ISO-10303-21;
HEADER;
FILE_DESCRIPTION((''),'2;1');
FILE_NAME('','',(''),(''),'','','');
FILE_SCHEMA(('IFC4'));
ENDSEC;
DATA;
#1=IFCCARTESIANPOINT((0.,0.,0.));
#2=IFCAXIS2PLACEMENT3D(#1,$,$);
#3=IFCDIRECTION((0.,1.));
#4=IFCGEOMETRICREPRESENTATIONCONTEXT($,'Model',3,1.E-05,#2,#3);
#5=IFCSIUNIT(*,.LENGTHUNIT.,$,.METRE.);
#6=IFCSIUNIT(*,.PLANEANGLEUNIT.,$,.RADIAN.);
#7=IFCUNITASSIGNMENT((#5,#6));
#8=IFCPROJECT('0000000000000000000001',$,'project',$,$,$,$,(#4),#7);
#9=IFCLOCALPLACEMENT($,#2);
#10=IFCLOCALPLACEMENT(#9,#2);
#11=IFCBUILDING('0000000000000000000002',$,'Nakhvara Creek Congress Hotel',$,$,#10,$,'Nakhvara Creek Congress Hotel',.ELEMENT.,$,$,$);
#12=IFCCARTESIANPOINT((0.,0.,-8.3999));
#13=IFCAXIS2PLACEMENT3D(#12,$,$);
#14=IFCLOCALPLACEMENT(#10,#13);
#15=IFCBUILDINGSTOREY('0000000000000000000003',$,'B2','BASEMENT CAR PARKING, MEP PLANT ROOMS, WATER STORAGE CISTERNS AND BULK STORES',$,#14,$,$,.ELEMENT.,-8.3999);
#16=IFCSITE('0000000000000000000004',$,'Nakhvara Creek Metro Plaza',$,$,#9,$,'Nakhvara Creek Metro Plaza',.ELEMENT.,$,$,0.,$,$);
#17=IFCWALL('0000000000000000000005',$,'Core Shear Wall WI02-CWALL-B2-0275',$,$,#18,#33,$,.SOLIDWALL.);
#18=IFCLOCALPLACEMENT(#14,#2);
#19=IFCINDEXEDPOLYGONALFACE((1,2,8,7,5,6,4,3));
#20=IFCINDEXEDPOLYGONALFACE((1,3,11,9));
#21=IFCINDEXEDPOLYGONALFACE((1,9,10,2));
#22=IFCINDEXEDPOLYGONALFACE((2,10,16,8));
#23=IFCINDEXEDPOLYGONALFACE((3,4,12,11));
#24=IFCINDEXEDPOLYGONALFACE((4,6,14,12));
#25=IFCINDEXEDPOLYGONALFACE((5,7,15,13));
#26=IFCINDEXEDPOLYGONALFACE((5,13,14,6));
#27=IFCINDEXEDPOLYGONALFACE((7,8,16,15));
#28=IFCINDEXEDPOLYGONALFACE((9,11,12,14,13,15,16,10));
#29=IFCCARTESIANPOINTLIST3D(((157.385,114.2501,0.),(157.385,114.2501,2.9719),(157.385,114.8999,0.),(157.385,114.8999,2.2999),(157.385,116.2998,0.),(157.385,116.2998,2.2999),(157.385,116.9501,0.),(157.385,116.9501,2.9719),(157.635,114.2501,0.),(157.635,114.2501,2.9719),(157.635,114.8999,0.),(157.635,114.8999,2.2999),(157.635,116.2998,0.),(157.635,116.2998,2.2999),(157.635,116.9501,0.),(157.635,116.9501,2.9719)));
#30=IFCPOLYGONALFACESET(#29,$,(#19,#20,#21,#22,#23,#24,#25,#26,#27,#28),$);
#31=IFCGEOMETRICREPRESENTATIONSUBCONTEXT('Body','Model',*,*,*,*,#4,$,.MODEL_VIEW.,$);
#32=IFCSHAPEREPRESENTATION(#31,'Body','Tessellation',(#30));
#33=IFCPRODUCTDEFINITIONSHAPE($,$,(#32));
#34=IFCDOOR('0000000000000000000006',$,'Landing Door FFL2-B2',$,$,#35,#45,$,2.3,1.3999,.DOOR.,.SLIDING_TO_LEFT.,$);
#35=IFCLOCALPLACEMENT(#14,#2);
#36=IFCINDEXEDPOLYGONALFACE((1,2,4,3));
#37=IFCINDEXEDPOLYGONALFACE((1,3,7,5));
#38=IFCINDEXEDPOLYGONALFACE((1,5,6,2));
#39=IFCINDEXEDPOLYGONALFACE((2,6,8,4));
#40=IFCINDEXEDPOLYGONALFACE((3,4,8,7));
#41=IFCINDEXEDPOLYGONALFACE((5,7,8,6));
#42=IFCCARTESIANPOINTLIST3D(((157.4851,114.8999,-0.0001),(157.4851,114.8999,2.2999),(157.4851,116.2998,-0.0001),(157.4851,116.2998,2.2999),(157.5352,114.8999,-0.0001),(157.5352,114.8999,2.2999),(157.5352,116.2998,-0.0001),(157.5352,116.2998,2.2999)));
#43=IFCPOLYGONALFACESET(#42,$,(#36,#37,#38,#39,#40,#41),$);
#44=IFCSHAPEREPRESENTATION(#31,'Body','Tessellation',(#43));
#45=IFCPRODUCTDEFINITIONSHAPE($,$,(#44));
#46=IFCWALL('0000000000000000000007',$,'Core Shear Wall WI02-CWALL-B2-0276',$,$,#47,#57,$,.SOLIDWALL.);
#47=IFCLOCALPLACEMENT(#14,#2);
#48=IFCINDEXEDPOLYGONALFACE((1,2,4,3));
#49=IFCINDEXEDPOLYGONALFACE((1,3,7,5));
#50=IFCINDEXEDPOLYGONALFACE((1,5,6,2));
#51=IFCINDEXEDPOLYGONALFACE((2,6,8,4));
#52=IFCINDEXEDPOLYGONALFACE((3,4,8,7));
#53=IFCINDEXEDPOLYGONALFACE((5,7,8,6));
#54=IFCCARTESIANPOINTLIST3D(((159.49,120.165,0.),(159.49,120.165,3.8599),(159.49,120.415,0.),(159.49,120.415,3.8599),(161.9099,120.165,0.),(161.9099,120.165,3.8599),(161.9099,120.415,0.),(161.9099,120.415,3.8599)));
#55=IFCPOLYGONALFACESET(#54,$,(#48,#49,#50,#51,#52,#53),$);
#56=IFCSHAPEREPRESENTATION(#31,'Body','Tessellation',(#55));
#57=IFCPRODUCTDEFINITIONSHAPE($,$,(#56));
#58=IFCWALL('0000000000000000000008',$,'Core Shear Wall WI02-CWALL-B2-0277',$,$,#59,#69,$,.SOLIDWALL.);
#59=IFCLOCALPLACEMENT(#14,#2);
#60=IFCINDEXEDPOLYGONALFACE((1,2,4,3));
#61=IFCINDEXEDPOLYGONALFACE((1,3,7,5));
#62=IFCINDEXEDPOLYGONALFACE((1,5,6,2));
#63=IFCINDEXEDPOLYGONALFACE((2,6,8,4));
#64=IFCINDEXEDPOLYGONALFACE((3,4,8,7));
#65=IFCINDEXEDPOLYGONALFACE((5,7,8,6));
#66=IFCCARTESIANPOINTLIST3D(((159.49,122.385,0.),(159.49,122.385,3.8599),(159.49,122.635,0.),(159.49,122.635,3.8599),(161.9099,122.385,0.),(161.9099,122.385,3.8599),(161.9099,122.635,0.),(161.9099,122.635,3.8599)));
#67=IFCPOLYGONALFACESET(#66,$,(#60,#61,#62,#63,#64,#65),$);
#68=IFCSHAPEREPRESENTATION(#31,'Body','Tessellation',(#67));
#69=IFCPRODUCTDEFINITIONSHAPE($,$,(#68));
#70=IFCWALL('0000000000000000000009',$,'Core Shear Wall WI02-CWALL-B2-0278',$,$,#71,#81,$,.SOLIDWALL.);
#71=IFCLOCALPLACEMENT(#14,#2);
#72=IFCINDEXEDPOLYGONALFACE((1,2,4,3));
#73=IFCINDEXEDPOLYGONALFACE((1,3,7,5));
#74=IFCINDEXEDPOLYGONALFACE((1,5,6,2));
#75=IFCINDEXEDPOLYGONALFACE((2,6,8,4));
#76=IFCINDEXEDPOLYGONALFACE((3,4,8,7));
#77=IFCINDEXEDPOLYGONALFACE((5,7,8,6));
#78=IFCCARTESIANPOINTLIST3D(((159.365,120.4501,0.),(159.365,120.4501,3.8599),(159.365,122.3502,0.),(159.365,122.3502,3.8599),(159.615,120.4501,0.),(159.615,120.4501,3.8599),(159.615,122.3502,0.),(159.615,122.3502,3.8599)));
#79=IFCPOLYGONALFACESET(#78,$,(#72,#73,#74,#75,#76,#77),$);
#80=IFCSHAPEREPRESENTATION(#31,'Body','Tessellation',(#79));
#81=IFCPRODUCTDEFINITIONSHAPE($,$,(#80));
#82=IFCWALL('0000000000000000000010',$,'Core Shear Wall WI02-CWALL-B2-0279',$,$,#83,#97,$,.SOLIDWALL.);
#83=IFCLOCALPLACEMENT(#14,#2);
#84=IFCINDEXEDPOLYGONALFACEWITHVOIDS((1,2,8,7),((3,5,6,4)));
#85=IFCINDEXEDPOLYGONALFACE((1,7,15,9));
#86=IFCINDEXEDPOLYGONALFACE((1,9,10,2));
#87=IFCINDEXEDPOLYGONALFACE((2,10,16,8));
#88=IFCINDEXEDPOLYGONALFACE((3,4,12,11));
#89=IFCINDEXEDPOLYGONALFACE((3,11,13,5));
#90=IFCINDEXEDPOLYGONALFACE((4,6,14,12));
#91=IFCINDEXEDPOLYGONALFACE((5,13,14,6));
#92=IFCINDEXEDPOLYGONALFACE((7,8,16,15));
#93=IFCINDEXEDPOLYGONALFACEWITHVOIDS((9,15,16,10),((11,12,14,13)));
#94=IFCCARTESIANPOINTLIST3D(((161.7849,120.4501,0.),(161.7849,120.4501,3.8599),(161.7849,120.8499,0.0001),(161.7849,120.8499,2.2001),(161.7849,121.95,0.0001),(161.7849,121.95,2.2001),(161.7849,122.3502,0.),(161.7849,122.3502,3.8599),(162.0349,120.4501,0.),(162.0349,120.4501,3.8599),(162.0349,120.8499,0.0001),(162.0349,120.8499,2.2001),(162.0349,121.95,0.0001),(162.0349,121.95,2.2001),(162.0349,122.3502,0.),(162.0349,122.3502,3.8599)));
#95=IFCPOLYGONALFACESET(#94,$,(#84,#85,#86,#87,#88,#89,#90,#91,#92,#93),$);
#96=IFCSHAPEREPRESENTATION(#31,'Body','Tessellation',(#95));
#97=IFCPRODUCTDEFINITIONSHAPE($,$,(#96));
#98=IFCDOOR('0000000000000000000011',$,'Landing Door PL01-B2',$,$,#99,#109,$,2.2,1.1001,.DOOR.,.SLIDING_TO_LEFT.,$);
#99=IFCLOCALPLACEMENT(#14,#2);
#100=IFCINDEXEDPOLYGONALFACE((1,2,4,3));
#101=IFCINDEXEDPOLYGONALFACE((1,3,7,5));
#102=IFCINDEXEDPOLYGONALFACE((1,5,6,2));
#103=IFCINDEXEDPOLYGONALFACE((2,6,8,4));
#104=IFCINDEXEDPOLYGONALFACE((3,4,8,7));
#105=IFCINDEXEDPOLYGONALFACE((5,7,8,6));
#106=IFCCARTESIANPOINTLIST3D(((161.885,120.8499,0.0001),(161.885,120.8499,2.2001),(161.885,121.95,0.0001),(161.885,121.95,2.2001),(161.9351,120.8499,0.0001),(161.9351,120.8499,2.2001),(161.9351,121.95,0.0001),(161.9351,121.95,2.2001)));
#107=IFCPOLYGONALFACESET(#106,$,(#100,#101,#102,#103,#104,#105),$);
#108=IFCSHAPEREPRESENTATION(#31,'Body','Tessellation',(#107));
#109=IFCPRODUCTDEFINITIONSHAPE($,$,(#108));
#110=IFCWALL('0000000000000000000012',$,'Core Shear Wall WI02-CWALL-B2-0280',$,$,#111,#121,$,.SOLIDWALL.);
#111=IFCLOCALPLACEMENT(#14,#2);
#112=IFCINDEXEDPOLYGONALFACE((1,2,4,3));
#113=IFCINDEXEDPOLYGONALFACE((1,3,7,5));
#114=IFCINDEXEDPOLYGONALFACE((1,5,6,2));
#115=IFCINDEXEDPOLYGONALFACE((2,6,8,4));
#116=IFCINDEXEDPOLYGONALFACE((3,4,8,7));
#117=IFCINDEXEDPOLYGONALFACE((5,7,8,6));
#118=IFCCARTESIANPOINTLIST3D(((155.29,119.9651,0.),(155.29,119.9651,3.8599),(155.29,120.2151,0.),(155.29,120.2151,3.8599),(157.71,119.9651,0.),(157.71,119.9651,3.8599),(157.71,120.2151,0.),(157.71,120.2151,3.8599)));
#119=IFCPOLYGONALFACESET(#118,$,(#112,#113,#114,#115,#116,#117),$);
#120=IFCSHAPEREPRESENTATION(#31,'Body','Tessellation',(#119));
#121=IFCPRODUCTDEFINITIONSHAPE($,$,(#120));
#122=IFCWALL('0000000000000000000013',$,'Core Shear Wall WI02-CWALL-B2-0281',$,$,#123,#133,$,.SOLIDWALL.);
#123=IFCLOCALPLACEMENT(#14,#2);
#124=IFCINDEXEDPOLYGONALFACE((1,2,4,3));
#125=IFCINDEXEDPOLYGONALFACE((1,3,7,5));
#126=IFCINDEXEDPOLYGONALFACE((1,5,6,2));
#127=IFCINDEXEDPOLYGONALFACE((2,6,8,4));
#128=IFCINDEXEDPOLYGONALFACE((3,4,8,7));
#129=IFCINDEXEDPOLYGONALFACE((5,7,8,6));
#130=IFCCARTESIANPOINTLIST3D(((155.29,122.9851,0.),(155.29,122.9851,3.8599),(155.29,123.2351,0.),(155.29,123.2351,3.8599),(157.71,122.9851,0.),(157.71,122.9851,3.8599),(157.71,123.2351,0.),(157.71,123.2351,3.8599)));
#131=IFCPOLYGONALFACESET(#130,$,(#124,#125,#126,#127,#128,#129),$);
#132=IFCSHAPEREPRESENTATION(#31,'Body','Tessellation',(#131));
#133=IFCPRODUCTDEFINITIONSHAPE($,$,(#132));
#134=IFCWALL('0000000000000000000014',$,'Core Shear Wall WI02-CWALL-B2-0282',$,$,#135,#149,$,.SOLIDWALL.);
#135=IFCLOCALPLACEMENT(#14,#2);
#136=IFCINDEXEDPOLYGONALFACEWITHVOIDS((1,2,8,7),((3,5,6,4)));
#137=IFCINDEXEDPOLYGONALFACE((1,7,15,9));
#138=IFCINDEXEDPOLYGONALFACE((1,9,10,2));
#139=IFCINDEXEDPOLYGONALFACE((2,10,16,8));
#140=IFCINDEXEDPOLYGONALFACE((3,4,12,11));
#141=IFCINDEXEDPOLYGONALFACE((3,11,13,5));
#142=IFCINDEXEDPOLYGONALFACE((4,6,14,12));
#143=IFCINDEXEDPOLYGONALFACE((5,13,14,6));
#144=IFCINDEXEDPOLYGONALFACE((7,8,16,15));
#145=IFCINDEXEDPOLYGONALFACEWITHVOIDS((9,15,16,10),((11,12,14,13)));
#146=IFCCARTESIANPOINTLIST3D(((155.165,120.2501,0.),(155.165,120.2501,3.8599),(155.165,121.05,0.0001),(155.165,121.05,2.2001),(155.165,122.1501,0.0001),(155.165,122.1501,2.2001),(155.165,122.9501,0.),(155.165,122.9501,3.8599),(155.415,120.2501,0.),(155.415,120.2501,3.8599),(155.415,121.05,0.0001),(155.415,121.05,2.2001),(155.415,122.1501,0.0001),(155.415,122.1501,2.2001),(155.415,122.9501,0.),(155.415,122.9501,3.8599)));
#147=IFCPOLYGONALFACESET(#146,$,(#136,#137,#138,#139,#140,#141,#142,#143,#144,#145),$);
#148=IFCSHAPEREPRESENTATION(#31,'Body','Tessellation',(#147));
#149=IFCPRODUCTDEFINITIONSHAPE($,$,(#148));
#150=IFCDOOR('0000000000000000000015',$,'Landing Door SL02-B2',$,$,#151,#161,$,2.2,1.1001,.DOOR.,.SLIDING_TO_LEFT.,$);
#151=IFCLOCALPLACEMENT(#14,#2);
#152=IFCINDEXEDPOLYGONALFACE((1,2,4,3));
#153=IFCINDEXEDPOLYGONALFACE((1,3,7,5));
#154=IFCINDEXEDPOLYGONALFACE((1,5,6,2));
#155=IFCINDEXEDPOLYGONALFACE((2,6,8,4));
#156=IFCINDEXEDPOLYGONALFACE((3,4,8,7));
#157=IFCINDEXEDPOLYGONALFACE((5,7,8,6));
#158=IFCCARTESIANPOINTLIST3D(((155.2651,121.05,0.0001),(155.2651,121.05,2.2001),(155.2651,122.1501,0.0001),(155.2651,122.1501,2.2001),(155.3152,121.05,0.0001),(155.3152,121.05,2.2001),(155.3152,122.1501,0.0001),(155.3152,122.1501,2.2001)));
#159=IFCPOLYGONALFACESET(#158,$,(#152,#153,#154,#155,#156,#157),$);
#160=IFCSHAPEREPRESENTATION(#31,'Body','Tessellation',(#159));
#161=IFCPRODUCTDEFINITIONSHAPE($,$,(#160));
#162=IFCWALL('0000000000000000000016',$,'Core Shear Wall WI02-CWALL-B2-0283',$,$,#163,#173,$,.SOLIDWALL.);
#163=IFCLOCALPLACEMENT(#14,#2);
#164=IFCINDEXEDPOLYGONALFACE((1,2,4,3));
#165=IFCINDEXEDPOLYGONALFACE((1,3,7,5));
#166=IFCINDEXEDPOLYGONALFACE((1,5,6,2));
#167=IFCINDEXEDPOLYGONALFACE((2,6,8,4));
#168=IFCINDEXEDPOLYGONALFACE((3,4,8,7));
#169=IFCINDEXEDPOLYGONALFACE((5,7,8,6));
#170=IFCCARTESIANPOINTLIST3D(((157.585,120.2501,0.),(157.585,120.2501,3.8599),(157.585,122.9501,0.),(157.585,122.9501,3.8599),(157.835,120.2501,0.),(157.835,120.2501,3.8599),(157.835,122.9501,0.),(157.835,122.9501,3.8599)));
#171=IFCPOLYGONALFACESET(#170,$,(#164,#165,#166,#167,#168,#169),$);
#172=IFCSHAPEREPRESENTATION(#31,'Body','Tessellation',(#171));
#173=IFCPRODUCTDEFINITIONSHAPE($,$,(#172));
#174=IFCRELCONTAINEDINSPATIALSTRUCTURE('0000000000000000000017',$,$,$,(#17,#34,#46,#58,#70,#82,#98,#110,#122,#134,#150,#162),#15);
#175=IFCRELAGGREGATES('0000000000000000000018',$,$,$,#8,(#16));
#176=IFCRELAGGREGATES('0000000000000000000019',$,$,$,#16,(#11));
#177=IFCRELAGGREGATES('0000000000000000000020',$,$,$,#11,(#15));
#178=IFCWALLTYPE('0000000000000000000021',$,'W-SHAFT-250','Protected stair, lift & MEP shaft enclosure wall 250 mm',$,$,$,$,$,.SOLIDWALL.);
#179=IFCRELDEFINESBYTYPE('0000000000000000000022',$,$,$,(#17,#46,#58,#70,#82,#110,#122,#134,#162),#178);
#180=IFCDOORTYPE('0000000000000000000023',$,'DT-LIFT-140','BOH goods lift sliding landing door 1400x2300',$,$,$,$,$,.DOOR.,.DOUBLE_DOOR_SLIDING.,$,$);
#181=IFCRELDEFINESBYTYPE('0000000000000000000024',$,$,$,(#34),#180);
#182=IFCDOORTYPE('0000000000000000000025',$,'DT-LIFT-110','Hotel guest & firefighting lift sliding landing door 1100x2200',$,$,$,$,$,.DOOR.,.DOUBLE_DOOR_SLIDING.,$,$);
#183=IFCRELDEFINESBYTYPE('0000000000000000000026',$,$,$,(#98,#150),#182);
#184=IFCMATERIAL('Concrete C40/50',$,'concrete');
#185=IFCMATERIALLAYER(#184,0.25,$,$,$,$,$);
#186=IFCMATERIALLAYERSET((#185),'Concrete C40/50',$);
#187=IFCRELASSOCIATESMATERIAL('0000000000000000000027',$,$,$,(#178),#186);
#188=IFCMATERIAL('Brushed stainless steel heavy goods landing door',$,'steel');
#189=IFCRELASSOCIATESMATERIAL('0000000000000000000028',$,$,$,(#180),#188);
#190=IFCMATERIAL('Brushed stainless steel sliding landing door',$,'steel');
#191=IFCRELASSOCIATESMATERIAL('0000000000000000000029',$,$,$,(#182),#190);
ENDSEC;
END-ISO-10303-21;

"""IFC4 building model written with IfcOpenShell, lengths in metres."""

from ifc_helpers import new_model, si_unit, direction, frame, frame_2d, origin, place, context, subcontext, project, spatial, rectangle, extrude, material, layer, layer_set, type_object, element, fill, save


model = new_model("IFC4")

# Units and contexts
model_context = context("Model", 3, precision=1e-05, world=origin(), true_north=direction((0.0, 1.0)))
body_context = subcontext(model_context, "Body", "Model", "MODEL_VIEW")
ifc_project = project(units=[si_unit("LENGTHUNIT", "METRE"), si_unit("PLANEANGLEUNIT", "RADIAN")], contexts=[model_context])

# Site, building, storey
site_placement = place(None, origin())
site = spatial("IfcSite", under=ifc_project, at=site_placement, Name="Nakhvara Creek Metro Plaza", LongName="Nakhvara Creek Metro Plaza", CompositionType="ELEMENT", RefElevation=0.0)
building_placement = place(site_placement, origin())
building = spatial("IfcBuilding", under=site, at=building_placement, Name="Nakhvara Creek Congress Hotel", LongName="Nakhvara Creek Congress Hotel", CompositionType="ELEMENT")
storey_placement = place(building_placement, frame((0.0, 0.0, -8.3999)))
storey = spatial("IfcBuildingStorey", under=building, at=storey_placement, Name="B2", Description="BASEMENT CAR PARKING, MEP PLANT ROOMS, WATER STORAGE CISTERNS AND BULK STORES", CompositionType="ELEMENT", Elevation=-8.3999)

# Shared definitions
ifc_material_1 = material(Name="Concrete C40/50", Category="concrete")

# Shared definitions
ifc_layer_1 = layer(ifc_material_1, 0.25)
ifc_layer_set_1 = layer_set([ifc_layer_1], Name="Concrete C40/50")
wall_type_1 = type_object("IfcWallType", Name="W-SHAFT-250", Description="Protected stair, lift & MEP shaft enclosure wall 250 mm", PredefinedType="SOLIDWALL", material=ifc_layer_set_1)

# Wall, opening, door
wall_1_placement = place(storey_placement, frame((157.51, 114.25, 0.0), z_axis=(0.0, 0.0, 1.0), x_axis=(0.0, 1.0, 0.0)))
wall_1 = element("IfcWall", 1, at=wall_1_placement, inside=storey, type_object=wall_type_1, Name="Core Shear Wall WI02-CWALL-B2-0275", PredefinedType="SOLIDWALL", context=body_context, shape_type="SweptSolid", body=[
    extrude(rectangle(XDim=2.7, YDim=0.25, at=frame_2d((1.3501, 0.0))), origin(), (0.0, 0.0, 1.0), 2.9719),
])
opening_1_placement = place(wall_1_placement, frame((0.6499, 0.0, 0.0)))
opening_1 = element("IfcOpeningElement", 2, at=opening_1_placement, cuts=wall_1, PredefinedType="OPENING", context=body_context, shape_type="SweptSolid", body=[
    extrude(rectangle(XDim=1.3999, YDim=2.3, at=frame_2d((0.7, 1.1499))), frame((0.0, 0.137, 0.0), z_axis=(0.0, -1.0, 0.0), x_axis=(1.0, 0.0, 0.0)), (0.0, 0.0, 1.0), 0.2739),
])
ifc_material_2 = material(Name="Brushed stainless steel heavy goods landing door", Category="steel")
door_type_1 = type_object("IfcDoorType", Name="DT-LIFT-140", Description="BOH goods lift sliding landing door 1400x2300", OperationType="DOUBLE_DOOR_SLIDING", PredefinedType="DOOR", material=ifc_material_2)
door_1_placement = place(opening_1_placement, origin())
door_1 = element("IfcDoor", 3, at=door_1_placement, inside=storey, type_object=door_type_1, Name="Landing Door FFL2-B2", OperationType="SLIDING_TO_LEFT", OverallHeight=2.3, OverallWidth=1.3999, PredefinedType="DOOR", context=body_context, shape_type="SweptSolid", body=[
    extrude(rectangle(XDim=1.3999, YDim=2.3, at=frame_2d((0.7, 1.1499))), frame((0.0, 0.0249, 0.0), z_axis=(0.0, -1.0, 0.0), x_axis=(1.0, 0.0, 0.0)), (0.0, 0.0, 1.0), 0.05),
])
fill(opening_1, door_1)

# Walls
for number, where, z_axis, x_axis, name in (
    (4, (159.49, 120.29, 0.0), (0.0, 0.0, 1.0), (1.0, 0.0, 0.0), "Core Shear Wall WI02-CWALL-B2-0276"),
    (5, (159.49, 122.51, 0.0), (0.0, 0.0, 1.0), (1.0, 0.0, 0.0), "Core Shear Wall WI02-CWALL-B2-0277"),
):
    element("IfcWall", number, at=place(storey_placement, frame(where, z_axis=z_axis, x_axis=x_axis)), inside=storey, type_object=wall_type_1, Name=name, PredefinedType="SOLIDWALL", context=body_context, shape_type="SweptSolid", body=[
        extrude(rectangle(XDim=2.4199, YDim=0.25, at=frame_2d((1.21, 0.0))), origin(), (0.0, 0.0, 1.0), 3.8599),
    ])
wall_2_placement = place(storey_placement, frame((159.49, 120.45, 0.0), z_axis=(0.0, 0.0, 1.0), x_axis=(0.0, 1.0, 0.0)))
element("IfcWall", 6, at=wall_2_placement, inside=storey, type_object=wall_type_1, Name="Core Shear Wall WI02-CWALL-B2-0278", PredefinedType="SOLIDWALL", context=body_context, shape_type="SweptSolid", body=[
    extrude(rectangle(XDim=1.9001, YDim=0.25, at=frame_2d((0.9502, 0.0))), origin(), (0.0, 0.0, 1.0), 3.8599),
])

# Wall, opening, door
wall_3_placement = place(storey_placement, frame((161.9099, 120.45, 0.0), z_axis=(0.0, 0.0, 1.0), x_axis=(0.0, 1.0, 0.0)))
wall_3 = element("IfcWall", 7, at=wall_3_placement, inside=storey, type_object=wall_type_1, Name="Core Shear Wall WI02-CWALL-B2-0279", PredefinedType="SOLIDWALL", context=body_context, shape_type="SweptSolid", body=[
    extrude(rectangle(XDim=1.9001, YDim=0.25, at=frame_2d((0.9502, 0.0))), origin(), (0.0, 0.0, 1.0), 3.8599),
])
opening_2_placement = place(wall_3_placement, frame((0.3999, 0.0, 0.0)))
opening_2 = element("IfcOpeningElement", 8, at=opening_2_placement, cuts=wall_3, PredefinedType="OPENING", context=body_context, shape_type="SweptSolid", body=[
    extrude(rectangle(XDim=1.1001, YDim=2.2, at=frame_2d((0.55, 1.1001))), frame((0.0, 0.137, 0.0), z_axis=(0.0, -1.0, 0.0), x_axis=(1.0, 0.0, 0.0)), (0.0, 0.0, 1.0), 0.2739),
])
ifc_material_3 = material(Name="Brushed stainless steel sliding landing door", Category="steel")
door_type_2 = type_object("IfcDoorType", Name="DT-LIFT-110", Description="Hotel guest & firefighting lift sliding landing door 1100x2200", OperationType="DOUBLE_DOOR_SLIDING", PredefinedType="DOOR", material=ifc_material_3)
door_2_placement = place(opening_2_placement, origin())
door_2 = element("IfcDoor", 9, at=door_2_placement, inside=storey, type_object=door_type_2, Name="Landing Door PL01-B2", OperationType="SLIDING_TO_LEFT", OverallHeight=2.2, OverallWidth=1.1001, PredefinedType="DOOR", context=body_context, shape_type="SweptSolid", body=[
    extrude(rectangle(XDim=1.1001, YDim=2.2, at=frame_2d((0.55, 1.1001))), frame((0.0, 0.0249, 0.0), z_axis=(0.0, -1.0, 0.0), x_axis=(1.0, 0.0, 0.0)), (0.0, 0.0, 1.0), 0.05),
])
fill(opening_2, door_2)

# Walls
for number, where, z_axis, x_axis, name in (
    (10, (155.29, 120.0901, 0.0), (0.0, 0.0, 1.0), (1.0, 0.0, 0.0), "Core Shear Wall WI02-CWALL-B2-0280"),
    (11, (155.29, 123.1101, 0.0), (0.0, 0.0, 1.0), (1.0, 0.0, 0.0), "Core Shear Wall WI02-CWALL-B2-0281"),
):
    element("IfcWall", number, at=place(storey_placement, frame(where, z_axis=z_axis, x_axis=x_axis)), inside=storey, type_object=wall_type_1, Name=name, PredefinedType="SOLIDWALL", context=body_context, shape_type="SweptSolid", body=[
        extrude(rectangle(XDim=2.4199, YDim=0.25, at=frame_2d((1.21, 0.0))), origin(), (0.0, 0.0, 1.0), 3.8599),
    ])

# Wall, opening, door
wall_4_placement = place(storey_placement, frame((155.29, 120.25, 0.0), z_axis=(0.0, 0.0, 1.0), x_axis=(0.0, 1.0, 0.0)))
wall_4 = element("IfcWall", 12, at=wall_4_placement, inside=storey, type_object=wall_type_1, Name="Core Shear Wall WI02-CWALL-B2-0282", PredefinedType="SOLIDWALL", context=body_context, shape_type="SweptSolid", body=[
    extrude(rectangle(XDim=2.7, YDim=0.25, at=frame_2d((1.3501, 0.0))), origin(), (0.0, 0.0, 1.0), 3.8599),
])
opening_3_placement = place(wall_4_placement, frame((0.8, 0.0, 0.0)))
opening_3 = element("IfcOpeningElement", 13, at=opening_3_placement, cuts=wall_4, PredefinedType="OPENING", context=body_context, shape_type="SweptSolid", body=[
    extrude(rectangle(XDim=1.1001, YDim=2.2, at=frame_2d((0.55, 1.1001))), frame((0.0, 0.137, 0.0), z_axis=(0.0, -1.0, 0.0), x_axis=(1.0, 0.0, 0.0)), (0.0, 0.0, 1.0), 0.2739),
])
door_3_placement = place(opening_3_placement, origin())
door_3 = element("IfcDoor", 14, at=door_3_placement, inside=storey, type_object=door_type_2, Name="Landing Door SL02-B2", OperationType="SLIDING_TO_LEFT", OverallHeight=2.2, OverallWidth=1.1001, PredefinedType="DOOR", context=body_context, shape_type="SweptSolid", body=[
    extrude(rectangle(XDim=1.1001, YDim=2.2, at=frame_2d((0.55, 1.1001))), frame((0.0, 0.0249, 0.0), z_axis=(0.0, -1.0, 0.0), x_axis=(1.0, 0.0, 0.0)), (0.0, 0.0, 1.0), 0.05),
])
fill(opening_3, door_3)

# Wall
wall_5_placement = place(storey_placement, frame((157.71, 120.25, 0.0), z_axis=(0.0, 0.0, 1.0), x_axis=(0.0, 1.0, 0.0)))
element("IfcWall", 15, at=wall_5_placement, inside=storey, type_object=wall_type_1, Name="Core Shear Wall WI02-CWALL-B2-0283", PredefinedType="SOLIDWALL", context=body_context, shape_type="SweptSolid", body=[
    extrude(rectangle(XDim=2.7, YDim=0.25, at=frame_2d((1.3501, 0.0))), origin(), (0.0, 0.0, 1.0), 3.8599),
])

save(model, "model.ifc")
